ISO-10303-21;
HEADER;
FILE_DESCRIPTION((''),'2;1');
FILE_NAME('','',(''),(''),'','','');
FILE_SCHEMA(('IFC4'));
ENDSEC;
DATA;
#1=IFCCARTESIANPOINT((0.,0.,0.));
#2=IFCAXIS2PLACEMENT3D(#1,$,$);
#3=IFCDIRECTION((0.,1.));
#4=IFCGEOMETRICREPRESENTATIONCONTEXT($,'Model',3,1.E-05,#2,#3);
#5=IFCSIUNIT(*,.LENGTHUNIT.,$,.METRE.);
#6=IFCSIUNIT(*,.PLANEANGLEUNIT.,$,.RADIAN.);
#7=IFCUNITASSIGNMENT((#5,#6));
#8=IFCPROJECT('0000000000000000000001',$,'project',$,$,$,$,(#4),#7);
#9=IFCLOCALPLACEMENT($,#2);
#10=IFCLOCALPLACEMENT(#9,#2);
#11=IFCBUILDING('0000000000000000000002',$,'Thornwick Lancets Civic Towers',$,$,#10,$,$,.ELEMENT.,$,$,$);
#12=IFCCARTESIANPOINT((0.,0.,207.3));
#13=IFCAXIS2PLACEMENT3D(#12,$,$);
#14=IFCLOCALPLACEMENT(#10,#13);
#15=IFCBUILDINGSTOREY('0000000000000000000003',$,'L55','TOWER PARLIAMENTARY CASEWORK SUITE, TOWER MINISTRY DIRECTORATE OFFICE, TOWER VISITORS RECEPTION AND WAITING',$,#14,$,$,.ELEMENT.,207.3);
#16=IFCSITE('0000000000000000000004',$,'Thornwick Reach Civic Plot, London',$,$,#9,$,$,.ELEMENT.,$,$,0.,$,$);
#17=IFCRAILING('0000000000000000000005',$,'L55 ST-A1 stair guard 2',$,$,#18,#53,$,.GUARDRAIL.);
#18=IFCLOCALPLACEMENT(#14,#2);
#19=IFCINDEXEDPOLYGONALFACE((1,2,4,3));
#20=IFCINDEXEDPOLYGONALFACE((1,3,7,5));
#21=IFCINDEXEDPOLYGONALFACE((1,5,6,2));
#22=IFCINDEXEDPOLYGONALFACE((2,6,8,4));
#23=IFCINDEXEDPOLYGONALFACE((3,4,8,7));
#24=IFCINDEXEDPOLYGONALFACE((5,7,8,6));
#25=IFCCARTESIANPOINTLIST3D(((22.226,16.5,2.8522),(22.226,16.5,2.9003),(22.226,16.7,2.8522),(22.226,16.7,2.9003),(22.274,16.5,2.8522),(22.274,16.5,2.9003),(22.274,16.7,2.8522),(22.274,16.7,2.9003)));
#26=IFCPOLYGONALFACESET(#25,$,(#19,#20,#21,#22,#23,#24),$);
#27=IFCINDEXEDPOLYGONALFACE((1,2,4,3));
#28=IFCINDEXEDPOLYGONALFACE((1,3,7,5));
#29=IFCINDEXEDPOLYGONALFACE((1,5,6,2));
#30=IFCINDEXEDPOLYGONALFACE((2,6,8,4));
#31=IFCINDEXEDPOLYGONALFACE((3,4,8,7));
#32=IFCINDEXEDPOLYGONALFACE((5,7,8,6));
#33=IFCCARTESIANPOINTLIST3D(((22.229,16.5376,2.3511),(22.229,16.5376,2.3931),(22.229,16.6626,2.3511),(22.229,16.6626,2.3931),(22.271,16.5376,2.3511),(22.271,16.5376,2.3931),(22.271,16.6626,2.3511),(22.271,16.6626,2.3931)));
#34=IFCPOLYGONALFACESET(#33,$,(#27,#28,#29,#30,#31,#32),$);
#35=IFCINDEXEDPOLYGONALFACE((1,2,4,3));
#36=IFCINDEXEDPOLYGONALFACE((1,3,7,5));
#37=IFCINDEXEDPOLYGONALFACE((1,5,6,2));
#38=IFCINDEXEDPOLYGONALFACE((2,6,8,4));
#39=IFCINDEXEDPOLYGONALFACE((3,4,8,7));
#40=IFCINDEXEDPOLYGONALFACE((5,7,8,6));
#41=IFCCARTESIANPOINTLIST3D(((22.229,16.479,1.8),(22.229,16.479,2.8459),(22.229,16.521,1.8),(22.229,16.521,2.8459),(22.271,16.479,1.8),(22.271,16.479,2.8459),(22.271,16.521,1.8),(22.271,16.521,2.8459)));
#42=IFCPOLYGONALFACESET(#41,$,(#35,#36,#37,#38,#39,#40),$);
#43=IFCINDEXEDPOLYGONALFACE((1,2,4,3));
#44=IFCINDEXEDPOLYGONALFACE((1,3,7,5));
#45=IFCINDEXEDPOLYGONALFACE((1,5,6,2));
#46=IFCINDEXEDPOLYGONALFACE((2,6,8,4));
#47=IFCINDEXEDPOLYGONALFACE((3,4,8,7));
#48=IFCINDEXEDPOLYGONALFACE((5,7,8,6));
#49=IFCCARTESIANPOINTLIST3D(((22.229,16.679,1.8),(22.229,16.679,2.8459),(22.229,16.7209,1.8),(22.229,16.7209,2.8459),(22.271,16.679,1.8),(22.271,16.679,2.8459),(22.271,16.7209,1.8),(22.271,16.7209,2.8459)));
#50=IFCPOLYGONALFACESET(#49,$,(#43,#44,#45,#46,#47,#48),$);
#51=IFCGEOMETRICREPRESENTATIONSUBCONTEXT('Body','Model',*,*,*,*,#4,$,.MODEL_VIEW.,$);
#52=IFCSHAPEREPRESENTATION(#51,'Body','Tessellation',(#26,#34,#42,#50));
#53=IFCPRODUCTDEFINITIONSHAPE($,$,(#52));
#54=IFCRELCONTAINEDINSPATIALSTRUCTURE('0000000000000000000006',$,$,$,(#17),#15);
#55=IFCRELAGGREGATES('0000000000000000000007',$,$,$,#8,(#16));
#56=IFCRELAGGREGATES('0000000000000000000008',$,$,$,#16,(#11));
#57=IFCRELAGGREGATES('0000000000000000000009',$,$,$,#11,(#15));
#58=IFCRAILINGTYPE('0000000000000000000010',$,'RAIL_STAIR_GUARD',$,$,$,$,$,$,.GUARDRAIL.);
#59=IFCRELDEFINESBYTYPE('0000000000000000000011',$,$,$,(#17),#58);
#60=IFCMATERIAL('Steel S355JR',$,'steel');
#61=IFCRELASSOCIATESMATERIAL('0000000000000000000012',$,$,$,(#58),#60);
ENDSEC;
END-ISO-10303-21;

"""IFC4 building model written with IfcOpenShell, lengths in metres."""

from ifc_helpers import new_model, si_unit, direction, frame, origin, origin_2d, place, context, subcontext, project, spatial, rectangle, extrude, material, type_object, element, save


model = new_model("IFC4")

# Units and contexts
model_context = context("Model", 3, precision=1e-05, world=origin(), true_north=direction((0.0, 1.0)))
body_context = subcontext(model_context, "Body", "Model", "MODEL_VIEW")
ifc_project = project(units=[si_unit("LENGTHUNIT", "METRE"), si_unit("PLANEANGLEUNIT", "RADIAN")], contexts=[model_context])

# Site, building, storey
site_placement = place(None, origin())
site = spatial("IfcSite", under=ifc_project, at=site_placement, Name="Thornwick Reach Civic Plot, London", CompositionType="ELEMENT", RefElevation=0.0)
building_placement = place(site_placement, origin())
building = spatial("IfcBuilding", under=site, at=building_placement, Name="Thornwick Lancets Civic Towers", CompositionType="ELEMENT")
storey_placement = place(building_placement, frame((0.0, 0.0, 207.3)))
storey = spatial("IfcBuildingStorey", under=building, at=storey_placement, Name="L55", Description="TOWER PARLIAMENTARY CASEWORK SUITE, TOWER MINISTRY DIRECTORATE OFFICE, TOWER VISITORS RECEPTION AND WAITING", CompositionType="ELEMENT", Elevation=207.3)

# Shared definitions
ifc_material_1 = material(Name="Steel S355JR", Category="steel")

# Railing
railing_type_1 = type_object("IfcRailingType", Name="RAIL_STAIR_GUARD", PredefinedType="GUARDRAIL", material=ifc_material_1)
railing_1_placement = place(storey_placement, frame((22.25, 16.5, 1.8)))
element("IfcRailing", 1, at=railing_1_placement, inside=storey, type_object=railing_type_1, Name="L55 ST-A1 stair guard 2", PredefinedType="GUARDRAIL", context=body_context, shape_type="SweptSolid", body=[
    extrude(rectangle(XDim=0.0481, YDim=0.0481, at=origin_2d()), frame((0.0, 0.0, 1.0762), z_axis=(0.0, 1.0, 0.0), x_axis=(-1.0, 0.0, 0.0)), (0.0, 0.0, 1.0), 0.2),
    extrude(rectangle(XDim=0.042, YDim=0.042, at=origin_2d()), frame((0.0, 0.0376, 0.572), z_axis=(0.0, 1.0, 0.0), x_axis=(-1.0, 0.0, 0.0)), (0.0, 0.0, 1.0), 0.125),
    extrude(rectangle(XDim=0.042, YDim=0.042, at=origin_2d()), origin(), (0.0, 0.0, 1.0), 1.0459),
    extrude(rectangle(XDim=0.042, YDim=0.042, at=origin_2d()), frame((0.0, 0.2, 0.0)), (0.0, 0.0, 1.0), 1.0459),
])

save(model, "model.ifc")
